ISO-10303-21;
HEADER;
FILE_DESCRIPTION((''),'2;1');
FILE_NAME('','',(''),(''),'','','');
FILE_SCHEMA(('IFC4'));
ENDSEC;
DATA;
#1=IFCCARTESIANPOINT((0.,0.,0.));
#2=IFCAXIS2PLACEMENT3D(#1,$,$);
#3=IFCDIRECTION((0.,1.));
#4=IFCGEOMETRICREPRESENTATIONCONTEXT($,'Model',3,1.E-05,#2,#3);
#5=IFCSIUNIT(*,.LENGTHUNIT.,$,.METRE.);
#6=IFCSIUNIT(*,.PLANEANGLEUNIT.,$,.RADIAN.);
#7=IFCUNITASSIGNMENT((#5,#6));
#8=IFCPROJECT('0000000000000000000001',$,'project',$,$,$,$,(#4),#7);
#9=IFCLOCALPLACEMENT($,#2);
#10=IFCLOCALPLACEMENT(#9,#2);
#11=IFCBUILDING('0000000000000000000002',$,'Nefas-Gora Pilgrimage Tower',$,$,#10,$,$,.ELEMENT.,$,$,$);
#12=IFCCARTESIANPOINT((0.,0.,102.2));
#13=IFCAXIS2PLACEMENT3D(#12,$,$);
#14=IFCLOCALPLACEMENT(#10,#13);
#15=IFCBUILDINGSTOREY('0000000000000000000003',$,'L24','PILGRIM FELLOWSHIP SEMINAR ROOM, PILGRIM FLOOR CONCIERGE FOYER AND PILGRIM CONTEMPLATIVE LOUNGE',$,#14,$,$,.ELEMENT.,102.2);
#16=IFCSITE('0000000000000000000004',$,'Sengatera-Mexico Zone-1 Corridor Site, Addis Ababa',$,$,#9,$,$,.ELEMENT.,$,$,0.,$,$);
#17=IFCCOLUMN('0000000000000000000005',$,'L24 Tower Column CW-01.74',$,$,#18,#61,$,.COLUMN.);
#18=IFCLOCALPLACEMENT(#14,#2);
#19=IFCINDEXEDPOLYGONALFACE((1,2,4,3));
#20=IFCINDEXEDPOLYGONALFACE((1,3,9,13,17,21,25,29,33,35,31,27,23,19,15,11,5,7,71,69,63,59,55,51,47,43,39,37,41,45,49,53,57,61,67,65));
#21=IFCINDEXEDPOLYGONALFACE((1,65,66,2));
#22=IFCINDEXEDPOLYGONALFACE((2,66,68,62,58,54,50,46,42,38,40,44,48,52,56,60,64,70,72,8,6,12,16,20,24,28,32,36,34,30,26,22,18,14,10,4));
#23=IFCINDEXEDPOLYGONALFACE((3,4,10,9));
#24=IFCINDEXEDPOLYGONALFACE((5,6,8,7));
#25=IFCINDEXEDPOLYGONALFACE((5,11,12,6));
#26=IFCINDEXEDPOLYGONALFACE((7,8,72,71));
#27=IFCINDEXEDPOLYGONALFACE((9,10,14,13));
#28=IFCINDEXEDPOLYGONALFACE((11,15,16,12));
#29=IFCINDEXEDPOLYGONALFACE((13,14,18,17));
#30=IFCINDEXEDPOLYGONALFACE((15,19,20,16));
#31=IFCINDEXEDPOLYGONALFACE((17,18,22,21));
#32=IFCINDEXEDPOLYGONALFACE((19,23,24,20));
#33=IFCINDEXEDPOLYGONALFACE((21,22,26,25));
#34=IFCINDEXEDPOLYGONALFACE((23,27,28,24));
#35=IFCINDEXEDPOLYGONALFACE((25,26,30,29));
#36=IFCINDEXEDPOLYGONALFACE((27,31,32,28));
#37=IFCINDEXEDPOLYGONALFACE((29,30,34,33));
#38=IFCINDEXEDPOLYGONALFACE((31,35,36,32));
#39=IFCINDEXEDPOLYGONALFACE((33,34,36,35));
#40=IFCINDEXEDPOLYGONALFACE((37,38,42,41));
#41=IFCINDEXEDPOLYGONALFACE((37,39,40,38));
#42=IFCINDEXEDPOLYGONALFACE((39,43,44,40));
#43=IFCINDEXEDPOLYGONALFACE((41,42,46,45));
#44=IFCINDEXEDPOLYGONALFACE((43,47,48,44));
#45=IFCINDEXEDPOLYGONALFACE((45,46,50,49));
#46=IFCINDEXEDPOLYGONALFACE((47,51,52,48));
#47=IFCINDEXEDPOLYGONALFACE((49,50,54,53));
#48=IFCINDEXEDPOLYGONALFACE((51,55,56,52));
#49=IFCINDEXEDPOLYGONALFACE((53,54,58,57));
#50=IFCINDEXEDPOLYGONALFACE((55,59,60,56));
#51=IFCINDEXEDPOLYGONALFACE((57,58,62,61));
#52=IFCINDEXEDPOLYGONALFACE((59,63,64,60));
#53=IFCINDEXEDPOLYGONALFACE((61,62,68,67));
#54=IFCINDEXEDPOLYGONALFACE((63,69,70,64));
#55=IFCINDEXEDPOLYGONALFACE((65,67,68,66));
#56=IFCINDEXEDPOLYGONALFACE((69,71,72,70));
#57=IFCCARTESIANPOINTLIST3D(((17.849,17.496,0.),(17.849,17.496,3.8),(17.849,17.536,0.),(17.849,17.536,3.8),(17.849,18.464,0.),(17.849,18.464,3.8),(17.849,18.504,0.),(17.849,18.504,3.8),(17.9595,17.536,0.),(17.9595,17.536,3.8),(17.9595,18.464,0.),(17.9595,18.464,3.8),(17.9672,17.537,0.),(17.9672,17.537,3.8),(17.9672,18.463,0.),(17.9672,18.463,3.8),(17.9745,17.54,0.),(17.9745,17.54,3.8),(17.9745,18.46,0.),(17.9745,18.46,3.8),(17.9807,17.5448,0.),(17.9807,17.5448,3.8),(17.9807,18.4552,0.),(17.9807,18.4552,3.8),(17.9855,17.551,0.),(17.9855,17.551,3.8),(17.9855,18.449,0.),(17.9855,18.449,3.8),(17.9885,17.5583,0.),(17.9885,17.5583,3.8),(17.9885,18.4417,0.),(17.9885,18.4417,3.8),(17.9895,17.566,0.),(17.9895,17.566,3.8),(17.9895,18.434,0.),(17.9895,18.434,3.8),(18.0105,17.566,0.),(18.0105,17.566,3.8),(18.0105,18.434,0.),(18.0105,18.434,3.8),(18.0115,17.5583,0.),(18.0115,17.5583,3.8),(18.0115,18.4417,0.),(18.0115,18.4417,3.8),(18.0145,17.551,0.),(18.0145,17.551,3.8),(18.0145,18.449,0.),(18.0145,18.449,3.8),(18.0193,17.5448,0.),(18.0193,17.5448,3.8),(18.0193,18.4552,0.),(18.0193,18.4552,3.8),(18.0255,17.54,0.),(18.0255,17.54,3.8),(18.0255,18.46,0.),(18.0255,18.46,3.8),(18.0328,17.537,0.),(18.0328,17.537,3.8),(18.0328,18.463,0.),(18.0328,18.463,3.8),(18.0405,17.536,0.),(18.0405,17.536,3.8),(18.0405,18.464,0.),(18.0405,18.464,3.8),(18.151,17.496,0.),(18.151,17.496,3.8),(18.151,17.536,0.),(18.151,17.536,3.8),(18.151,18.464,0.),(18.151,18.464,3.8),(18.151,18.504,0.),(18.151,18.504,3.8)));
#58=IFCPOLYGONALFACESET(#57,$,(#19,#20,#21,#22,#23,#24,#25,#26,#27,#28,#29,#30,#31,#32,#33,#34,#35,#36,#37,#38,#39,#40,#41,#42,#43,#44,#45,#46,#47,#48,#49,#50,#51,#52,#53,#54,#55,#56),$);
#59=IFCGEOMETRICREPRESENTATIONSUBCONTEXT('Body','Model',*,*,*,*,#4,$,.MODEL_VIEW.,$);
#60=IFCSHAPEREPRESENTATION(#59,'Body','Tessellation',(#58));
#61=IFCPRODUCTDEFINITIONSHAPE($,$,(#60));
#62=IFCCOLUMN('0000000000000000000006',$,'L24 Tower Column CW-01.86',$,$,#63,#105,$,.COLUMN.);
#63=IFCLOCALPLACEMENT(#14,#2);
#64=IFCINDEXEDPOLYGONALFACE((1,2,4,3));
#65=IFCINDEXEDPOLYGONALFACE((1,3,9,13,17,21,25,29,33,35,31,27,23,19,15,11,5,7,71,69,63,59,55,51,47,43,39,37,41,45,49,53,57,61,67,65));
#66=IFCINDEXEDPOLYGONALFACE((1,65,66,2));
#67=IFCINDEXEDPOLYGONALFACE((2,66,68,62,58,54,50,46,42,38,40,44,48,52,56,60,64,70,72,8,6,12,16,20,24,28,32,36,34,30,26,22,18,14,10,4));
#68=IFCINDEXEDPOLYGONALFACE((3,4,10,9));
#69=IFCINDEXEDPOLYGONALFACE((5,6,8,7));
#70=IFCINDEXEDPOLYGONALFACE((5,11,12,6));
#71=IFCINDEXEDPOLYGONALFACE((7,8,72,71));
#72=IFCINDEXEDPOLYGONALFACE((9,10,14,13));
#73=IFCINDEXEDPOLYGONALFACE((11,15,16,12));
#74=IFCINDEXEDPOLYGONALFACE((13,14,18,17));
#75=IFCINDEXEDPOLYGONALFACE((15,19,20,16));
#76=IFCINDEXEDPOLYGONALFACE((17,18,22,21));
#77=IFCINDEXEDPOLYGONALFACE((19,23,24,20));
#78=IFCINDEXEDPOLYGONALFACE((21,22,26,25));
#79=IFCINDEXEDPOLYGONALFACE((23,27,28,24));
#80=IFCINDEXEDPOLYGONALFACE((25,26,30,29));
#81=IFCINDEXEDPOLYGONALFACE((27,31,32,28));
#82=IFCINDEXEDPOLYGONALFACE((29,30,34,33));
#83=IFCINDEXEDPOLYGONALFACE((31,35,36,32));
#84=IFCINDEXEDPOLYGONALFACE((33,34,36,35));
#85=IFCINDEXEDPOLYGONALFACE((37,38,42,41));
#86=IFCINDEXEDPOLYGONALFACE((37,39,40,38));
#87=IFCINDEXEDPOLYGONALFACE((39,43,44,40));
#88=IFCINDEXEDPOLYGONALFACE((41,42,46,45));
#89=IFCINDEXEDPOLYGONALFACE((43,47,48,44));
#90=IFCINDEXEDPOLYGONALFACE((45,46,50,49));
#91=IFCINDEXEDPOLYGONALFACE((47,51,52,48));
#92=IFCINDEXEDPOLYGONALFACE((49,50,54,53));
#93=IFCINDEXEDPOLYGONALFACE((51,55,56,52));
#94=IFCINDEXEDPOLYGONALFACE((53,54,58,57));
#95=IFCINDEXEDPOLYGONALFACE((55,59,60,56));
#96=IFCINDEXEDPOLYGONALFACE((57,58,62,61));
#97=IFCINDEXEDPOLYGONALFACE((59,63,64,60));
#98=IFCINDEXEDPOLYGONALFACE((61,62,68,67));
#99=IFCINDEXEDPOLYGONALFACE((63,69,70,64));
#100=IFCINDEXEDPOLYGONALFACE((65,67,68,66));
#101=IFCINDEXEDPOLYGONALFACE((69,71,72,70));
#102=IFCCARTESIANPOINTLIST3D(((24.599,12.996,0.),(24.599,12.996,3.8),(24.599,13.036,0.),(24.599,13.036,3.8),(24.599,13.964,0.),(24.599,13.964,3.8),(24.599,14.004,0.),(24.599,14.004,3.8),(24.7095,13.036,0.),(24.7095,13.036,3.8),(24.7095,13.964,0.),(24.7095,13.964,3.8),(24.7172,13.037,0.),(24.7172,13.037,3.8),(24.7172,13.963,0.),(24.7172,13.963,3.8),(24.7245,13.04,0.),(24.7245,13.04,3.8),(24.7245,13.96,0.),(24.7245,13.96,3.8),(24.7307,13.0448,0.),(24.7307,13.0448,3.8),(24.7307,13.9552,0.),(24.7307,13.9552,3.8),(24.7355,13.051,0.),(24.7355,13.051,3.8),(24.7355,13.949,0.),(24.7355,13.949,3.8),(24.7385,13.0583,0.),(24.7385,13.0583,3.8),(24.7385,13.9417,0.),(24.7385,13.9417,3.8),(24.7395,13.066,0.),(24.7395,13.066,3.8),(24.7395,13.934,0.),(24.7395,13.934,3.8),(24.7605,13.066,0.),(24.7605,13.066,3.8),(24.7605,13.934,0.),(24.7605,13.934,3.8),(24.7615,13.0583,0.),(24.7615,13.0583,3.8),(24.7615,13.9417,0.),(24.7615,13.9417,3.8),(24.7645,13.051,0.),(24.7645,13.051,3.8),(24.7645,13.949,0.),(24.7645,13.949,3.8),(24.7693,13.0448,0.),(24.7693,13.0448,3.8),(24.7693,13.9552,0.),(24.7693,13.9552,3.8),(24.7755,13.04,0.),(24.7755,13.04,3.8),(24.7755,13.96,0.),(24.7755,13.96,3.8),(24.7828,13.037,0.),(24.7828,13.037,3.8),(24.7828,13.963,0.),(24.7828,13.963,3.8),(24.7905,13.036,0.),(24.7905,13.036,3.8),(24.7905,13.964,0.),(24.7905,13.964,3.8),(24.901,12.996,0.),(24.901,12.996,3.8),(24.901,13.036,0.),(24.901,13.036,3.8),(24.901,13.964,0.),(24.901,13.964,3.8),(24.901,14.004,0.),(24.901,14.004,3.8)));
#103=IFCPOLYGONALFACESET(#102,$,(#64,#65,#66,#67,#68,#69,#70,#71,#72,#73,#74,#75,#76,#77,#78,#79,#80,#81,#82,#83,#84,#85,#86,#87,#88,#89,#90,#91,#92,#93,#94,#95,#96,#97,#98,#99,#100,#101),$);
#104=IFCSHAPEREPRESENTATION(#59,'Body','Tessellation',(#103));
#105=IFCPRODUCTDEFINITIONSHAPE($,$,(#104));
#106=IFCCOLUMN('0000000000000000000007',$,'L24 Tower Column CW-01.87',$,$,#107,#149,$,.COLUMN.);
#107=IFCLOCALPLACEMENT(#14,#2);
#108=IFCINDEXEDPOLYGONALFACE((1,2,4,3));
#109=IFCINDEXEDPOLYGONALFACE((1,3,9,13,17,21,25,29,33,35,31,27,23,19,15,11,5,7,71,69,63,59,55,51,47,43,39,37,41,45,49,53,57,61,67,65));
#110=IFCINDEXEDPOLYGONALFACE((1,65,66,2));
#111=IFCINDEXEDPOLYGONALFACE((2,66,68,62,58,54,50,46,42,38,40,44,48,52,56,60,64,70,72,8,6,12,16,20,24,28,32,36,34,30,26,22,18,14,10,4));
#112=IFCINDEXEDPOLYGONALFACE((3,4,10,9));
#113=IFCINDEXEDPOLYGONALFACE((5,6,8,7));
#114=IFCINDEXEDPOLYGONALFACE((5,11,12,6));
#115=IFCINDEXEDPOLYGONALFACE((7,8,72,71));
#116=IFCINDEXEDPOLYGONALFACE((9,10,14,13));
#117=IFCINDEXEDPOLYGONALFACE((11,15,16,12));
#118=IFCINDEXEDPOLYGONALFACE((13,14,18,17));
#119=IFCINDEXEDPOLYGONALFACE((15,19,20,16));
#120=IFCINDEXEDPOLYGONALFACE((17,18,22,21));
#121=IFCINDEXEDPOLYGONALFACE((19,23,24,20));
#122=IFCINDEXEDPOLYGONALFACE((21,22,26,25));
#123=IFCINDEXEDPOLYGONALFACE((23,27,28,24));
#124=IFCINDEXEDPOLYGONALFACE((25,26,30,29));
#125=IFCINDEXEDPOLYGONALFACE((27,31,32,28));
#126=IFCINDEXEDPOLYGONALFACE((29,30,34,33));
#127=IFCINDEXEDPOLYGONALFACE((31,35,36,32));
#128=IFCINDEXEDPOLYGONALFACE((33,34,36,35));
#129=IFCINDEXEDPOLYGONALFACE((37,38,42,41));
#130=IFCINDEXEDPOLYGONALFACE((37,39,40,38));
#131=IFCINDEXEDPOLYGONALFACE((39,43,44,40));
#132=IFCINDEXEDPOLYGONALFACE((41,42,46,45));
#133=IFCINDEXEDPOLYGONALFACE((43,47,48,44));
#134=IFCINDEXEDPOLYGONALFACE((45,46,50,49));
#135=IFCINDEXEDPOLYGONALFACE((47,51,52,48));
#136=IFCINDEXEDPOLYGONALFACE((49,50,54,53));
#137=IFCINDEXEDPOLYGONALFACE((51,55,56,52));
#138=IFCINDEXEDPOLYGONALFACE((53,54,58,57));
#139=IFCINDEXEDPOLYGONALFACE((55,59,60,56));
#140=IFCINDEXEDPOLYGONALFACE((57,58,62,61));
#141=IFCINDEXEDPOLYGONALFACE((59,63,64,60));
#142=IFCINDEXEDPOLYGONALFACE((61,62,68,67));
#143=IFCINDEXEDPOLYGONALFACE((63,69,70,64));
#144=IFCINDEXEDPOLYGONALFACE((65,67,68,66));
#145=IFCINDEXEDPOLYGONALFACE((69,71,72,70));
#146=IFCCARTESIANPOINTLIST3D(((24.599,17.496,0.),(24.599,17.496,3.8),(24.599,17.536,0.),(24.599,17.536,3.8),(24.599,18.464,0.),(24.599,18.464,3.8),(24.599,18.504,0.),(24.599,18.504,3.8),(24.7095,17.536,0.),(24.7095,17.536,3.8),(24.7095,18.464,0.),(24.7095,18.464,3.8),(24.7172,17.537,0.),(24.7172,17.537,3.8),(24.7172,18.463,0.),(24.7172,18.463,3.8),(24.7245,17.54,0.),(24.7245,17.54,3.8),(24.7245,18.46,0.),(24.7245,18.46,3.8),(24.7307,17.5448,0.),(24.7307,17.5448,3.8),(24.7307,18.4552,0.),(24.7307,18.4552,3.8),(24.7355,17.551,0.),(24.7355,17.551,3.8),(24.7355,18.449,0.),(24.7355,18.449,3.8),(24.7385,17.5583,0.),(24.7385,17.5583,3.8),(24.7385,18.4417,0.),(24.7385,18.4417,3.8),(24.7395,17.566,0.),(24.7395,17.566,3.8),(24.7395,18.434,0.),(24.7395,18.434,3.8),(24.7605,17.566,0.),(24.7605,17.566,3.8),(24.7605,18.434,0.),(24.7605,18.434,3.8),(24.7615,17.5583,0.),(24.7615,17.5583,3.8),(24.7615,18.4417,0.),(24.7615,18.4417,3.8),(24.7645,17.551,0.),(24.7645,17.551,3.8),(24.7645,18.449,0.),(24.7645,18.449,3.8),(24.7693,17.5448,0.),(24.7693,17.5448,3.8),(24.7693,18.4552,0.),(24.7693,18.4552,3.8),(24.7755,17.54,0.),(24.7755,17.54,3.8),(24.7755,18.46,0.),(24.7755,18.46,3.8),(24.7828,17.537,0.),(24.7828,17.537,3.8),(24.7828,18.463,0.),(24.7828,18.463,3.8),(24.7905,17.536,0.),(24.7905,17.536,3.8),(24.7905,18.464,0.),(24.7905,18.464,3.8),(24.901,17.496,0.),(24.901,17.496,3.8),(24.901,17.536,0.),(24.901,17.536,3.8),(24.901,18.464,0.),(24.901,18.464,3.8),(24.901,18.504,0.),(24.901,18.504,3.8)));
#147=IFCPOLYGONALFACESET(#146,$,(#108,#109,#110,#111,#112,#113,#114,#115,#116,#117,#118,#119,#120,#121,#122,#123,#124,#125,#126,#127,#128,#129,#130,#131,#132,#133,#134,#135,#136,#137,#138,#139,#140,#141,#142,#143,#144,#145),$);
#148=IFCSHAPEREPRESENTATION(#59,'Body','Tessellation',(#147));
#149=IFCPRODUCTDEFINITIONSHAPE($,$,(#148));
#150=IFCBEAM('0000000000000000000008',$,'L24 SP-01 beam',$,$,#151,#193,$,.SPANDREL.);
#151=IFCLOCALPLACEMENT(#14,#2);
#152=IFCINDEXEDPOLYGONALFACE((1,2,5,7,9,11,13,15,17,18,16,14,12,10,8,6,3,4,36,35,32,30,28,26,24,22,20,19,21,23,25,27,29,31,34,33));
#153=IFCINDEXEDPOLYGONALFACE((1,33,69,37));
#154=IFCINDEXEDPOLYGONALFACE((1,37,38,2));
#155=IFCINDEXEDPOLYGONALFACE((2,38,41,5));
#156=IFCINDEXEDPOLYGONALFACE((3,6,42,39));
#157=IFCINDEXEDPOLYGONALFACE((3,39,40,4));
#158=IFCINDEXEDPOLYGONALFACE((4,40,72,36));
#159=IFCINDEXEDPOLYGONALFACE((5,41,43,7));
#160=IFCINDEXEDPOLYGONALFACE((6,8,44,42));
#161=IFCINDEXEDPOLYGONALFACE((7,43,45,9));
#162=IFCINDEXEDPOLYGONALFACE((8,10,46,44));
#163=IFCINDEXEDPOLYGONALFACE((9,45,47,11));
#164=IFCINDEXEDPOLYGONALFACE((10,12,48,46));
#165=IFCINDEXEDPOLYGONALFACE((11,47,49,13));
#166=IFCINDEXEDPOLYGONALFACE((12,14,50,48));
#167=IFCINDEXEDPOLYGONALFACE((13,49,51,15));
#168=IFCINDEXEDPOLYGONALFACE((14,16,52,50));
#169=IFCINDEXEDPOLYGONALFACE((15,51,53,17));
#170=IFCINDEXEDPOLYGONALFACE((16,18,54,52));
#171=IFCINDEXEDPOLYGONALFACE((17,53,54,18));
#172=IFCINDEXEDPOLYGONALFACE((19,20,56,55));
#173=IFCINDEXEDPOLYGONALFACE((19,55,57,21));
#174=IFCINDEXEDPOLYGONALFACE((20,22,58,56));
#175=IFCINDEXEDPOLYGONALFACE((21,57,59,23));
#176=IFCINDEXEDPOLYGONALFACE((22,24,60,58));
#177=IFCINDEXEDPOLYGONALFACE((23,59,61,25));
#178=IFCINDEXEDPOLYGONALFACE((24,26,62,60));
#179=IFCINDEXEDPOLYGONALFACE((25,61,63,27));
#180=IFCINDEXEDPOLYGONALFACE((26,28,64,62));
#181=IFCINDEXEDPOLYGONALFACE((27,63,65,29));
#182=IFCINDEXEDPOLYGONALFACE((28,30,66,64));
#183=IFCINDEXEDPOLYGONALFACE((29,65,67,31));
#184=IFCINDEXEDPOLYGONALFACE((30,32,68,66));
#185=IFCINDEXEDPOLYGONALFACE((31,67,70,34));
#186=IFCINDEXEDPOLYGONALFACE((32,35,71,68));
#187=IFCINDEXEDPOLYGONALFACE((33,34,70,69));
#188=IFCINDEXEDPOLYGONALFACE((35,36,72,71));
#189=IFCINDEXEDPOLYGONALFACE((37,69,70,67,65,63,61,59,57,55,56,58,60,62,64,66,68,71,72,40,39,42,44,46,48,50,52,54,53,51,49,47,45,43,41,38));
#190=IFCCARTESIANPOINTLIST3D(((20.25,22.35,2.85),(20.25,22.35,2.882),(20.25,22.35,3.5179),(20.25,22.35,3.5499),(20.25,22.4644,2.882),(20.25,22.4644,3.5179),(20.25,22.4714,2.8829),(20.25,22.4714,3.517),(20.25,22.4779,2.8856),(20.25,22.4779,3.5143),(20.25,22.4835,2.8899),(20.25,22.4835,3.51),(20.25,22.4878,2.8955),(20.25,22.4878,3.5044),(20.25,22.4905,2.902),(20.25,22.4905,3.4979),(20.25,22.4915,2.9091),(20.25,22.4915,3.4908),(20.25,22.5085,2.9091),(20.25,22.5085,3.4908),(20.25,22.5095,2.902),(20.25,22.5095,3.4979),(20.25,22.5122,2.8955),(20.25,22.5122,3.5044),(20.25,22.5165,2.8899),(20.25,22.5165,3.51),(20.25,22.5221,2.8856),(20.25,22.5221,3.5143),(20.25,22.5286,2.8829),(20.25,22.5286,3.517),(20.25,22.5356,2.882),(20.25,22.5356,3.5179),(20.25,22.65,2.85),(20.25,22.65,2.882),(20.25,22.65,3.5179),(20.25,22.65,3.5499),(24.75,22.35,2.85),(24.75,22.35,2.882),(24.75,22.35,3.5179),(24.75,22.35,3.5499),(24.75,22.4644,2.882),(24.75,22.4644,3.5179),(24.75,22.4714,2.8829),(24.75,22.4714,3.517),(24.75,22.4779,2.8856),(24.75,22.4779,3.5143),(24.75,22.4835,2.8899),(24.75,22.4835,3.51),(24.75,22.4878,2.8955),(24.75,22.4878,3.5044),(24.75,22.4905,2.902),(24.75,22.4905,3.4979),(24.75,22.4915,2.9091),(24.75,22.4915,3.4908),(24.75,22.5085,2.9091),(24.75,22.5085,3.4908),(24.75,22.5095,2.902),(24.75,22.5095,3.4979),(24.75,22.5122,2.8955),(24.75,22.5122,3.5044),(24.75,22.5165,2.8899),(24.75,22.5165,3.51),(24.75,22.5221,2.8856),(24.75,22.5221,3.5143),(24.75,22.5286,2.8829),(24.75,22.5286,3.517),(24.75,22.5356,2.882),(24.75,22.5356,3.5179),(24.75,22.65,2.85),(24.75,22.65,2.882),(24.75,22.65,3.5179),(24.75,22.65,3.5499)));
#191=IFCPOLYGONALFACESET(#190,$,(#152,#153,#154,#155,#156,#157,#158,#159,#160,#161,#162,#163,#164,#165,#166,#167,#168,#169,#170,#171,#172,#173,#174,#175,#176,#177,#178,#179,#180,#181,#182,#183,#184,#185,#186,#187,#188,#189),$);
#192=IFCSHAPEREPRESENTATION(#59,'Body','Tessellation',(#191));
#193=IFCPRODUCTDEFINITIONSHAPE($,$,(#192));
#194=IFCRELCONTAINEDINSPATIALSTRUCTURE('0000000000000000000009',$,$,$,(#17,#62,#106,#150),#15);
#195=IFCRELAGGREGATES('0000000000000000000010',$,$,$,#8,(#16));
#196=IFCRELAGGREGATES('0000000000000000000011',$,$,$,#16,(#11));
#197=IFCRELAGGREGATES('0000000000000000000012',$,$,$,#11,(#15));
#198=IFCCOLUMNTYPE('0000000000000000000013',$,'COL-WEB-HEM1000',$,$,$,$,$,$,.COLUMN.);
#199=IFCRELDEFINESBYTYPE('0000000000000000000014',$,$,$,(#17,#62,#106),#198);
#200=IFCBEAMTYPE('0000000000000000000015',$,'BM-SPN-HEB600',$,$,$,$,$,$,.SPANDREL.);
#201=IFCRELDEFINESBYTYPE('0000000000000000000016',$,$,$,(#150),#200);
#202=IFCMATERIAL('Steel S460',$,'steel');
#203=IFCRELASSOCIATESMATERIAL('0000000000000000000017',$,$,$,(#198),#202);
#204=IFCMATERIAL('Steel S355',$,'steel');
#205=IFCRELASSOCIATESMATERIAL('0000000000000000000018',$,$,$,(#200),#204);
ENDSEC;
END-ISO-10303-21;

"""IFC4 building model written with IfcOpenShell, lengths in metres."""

from ifc_helpers import new_model, si_unit, direction, frame, origin, origin_2d, place, context, subcontext, project, spatial, i_section, extrude, source, transform, mapped, material, material_profile, profile_set, type_object, element, save


model = new_model("IFC4")

# Units and contexts
model_context = context("Model", 3, precision=1e-05, world=origin(), true_north=direction((0.0, 1.0)))
body_context = subcontext(model_context, "Body", "Model", "MODEL_VIEW")
ifc_project = project(units=[si_unit("LENGTHUNIT", "METRE"), si_unit("PLANEANGLEUNIT", "RADIAN")], contexts=[model_context])

# Site, building, storey
site_placement = place(None, origin())
site = spatial("IfcSite", under=ifc_project, at=site_placement, Name="Sengatera-Mexico Zone-1 Corridor Site, Addis Ababa", CompositionType="ELEMENT", RefElevation=0.0)
building_placement = place(site_placement, origin())
building = spatial("IfcBuilding", under=site, at=building_placement, Name="Nefas-Gora Pilgrimage Tower", CompositionType="ELEMENT")
storey_placement = place(building_placement, frame((0.0, 0.0, 102.2)))
storey = spatial("IfcBuildingStorey", under=building, at=storey_placement, Name="L24", Description="PILGRIM FELLOWSHIP SEMINAR ROOM, PILGRIM FLOOR CONCIERGE FOYER AND PILGRIM CONTEMPLATIVE LOUNGE", CompositionType="ELEMENT", Elevation=102.2)

# Columns
ifc_material_1 = material(Name="Steel S460", Category="steel")
ifc_material_profile_1 = material_profile(ifc_material_1, i_section(OverallWidth=0.302, OverallDepth=1.0081, WebThickness=0.021, FlangeThickness=0.04, FilletRadius=0.03, at=origin_2d()), Name="HEM 1000")
ifc_profile_set_1 = profile_set([ifc_material_profile_1], Name="Steel S460")
column_type_1 = type_object("IfcColumnType", Name="COL-WEB-HEM1000", PredefinedType="COLUMN", material=ifc_profile_set_1)
shared_shape_1 = source(origin(), body_context, "Body", "SweptSolid", [
    extrude(i_section(OverallWidth=0.302, OverallDepth=1.0081, WebThickness=0.021, FlangeThickness=0.04, FilletRadius=0.03, at=origin_2d()), origin(), (0.0, 0.0, 1.0), 3.8),
])
for number, where, z_axis, x_axis, name in (
    (1, (18.0, 18.0, 0.0), (0.0, 0.0, 1.0), (1.0, 0.0, 0.0), "L24 Tower Column CW-01.74"),
    (2, (24.75, 13.5, 0.0), (0.0, 0.0, 1.0), (1.0, 0.0, 0.0), "L24 Tower Column CW-01.86"),
    (3, (24.75, 18.0, 0.0), (0.0, 0.0, 1.0), (1.0, 0.0, 0.0), "L24 Tower Column CW-01.87"),
):
    element("IfcColumn", number, at=place(storey_placement, frame(where, z_axis=z_axis, x_axis=x_axis)), inside=storey, type_object=column_type_1, Name=name, PredefinedType="COLUMN", context=body_context, shape_type="MappedRepresentation", body=[
        mapped(shared_shape_1, transform((0.0, 0.0, 0.0), x_axis=(1.0, 0.0, 0.0), y_axis=(0.0, 1.0, 0.0), z_axis=(0.0, 0.0, 1.0), scale=1.0)),
    ])

# Beam
ifc_material_2 = material(Name="Steel S355", Category="steel")
ifc_material_profile_2 = material_profile(ifc_material_2, i_section(OverallWidth=0.3, OverallDepth=0.7, WebThickness=0.0171, FlangeThickness=0.032, FilletRadius=0.0271, at=origin_2d()), Name="HEB 700")
ifc_profile_set_2 = profile_set([ifc_material_profile_2], Name="Steel S355")
beam_type_1 = type_object("IfcBeamType", Name="BM-SPN-HEB600", PredefinedType="SPANDREL", material=ifc_profile_set_2)
shared_shape_2 = source(origin(), body_context, "Body", "SweptSolid", [
    extrude(i_section(OverallWidth=0.3, OverallDepth=0.7, WebThickness=0.0171, FlangeThickness=0.032, FilletRadius=0.0271, at=origin_2d()), origin(), (0.0, 0.0, 1.0), 4.5),
])
beam_1_placement = place(storey_placement, frame((20.25, 22.5, 3.2), z_axis=(1.0, 0.0, 0.0), x_axis=(0.0, 1.0, 0.0)))
element("IfcBeam", 4, at=beam_1_placement, inside=storey, type_object=beam_type_1, Name="L24 SP-01 beam", PredefinedType="SPANDREL", context=body_context, shape_type="MappedRepresentation", body=[
    mapped(shared_shape_2, transform((0.0, 0.0, 0.0), x_axis=(1.0, 0.0, 0.0), y_axis=(0.0, 1.0, 0.0), z_axis=(0.0, 0.0, 1.0), scale=1.0)),
])

save(model, "model.ifc")
